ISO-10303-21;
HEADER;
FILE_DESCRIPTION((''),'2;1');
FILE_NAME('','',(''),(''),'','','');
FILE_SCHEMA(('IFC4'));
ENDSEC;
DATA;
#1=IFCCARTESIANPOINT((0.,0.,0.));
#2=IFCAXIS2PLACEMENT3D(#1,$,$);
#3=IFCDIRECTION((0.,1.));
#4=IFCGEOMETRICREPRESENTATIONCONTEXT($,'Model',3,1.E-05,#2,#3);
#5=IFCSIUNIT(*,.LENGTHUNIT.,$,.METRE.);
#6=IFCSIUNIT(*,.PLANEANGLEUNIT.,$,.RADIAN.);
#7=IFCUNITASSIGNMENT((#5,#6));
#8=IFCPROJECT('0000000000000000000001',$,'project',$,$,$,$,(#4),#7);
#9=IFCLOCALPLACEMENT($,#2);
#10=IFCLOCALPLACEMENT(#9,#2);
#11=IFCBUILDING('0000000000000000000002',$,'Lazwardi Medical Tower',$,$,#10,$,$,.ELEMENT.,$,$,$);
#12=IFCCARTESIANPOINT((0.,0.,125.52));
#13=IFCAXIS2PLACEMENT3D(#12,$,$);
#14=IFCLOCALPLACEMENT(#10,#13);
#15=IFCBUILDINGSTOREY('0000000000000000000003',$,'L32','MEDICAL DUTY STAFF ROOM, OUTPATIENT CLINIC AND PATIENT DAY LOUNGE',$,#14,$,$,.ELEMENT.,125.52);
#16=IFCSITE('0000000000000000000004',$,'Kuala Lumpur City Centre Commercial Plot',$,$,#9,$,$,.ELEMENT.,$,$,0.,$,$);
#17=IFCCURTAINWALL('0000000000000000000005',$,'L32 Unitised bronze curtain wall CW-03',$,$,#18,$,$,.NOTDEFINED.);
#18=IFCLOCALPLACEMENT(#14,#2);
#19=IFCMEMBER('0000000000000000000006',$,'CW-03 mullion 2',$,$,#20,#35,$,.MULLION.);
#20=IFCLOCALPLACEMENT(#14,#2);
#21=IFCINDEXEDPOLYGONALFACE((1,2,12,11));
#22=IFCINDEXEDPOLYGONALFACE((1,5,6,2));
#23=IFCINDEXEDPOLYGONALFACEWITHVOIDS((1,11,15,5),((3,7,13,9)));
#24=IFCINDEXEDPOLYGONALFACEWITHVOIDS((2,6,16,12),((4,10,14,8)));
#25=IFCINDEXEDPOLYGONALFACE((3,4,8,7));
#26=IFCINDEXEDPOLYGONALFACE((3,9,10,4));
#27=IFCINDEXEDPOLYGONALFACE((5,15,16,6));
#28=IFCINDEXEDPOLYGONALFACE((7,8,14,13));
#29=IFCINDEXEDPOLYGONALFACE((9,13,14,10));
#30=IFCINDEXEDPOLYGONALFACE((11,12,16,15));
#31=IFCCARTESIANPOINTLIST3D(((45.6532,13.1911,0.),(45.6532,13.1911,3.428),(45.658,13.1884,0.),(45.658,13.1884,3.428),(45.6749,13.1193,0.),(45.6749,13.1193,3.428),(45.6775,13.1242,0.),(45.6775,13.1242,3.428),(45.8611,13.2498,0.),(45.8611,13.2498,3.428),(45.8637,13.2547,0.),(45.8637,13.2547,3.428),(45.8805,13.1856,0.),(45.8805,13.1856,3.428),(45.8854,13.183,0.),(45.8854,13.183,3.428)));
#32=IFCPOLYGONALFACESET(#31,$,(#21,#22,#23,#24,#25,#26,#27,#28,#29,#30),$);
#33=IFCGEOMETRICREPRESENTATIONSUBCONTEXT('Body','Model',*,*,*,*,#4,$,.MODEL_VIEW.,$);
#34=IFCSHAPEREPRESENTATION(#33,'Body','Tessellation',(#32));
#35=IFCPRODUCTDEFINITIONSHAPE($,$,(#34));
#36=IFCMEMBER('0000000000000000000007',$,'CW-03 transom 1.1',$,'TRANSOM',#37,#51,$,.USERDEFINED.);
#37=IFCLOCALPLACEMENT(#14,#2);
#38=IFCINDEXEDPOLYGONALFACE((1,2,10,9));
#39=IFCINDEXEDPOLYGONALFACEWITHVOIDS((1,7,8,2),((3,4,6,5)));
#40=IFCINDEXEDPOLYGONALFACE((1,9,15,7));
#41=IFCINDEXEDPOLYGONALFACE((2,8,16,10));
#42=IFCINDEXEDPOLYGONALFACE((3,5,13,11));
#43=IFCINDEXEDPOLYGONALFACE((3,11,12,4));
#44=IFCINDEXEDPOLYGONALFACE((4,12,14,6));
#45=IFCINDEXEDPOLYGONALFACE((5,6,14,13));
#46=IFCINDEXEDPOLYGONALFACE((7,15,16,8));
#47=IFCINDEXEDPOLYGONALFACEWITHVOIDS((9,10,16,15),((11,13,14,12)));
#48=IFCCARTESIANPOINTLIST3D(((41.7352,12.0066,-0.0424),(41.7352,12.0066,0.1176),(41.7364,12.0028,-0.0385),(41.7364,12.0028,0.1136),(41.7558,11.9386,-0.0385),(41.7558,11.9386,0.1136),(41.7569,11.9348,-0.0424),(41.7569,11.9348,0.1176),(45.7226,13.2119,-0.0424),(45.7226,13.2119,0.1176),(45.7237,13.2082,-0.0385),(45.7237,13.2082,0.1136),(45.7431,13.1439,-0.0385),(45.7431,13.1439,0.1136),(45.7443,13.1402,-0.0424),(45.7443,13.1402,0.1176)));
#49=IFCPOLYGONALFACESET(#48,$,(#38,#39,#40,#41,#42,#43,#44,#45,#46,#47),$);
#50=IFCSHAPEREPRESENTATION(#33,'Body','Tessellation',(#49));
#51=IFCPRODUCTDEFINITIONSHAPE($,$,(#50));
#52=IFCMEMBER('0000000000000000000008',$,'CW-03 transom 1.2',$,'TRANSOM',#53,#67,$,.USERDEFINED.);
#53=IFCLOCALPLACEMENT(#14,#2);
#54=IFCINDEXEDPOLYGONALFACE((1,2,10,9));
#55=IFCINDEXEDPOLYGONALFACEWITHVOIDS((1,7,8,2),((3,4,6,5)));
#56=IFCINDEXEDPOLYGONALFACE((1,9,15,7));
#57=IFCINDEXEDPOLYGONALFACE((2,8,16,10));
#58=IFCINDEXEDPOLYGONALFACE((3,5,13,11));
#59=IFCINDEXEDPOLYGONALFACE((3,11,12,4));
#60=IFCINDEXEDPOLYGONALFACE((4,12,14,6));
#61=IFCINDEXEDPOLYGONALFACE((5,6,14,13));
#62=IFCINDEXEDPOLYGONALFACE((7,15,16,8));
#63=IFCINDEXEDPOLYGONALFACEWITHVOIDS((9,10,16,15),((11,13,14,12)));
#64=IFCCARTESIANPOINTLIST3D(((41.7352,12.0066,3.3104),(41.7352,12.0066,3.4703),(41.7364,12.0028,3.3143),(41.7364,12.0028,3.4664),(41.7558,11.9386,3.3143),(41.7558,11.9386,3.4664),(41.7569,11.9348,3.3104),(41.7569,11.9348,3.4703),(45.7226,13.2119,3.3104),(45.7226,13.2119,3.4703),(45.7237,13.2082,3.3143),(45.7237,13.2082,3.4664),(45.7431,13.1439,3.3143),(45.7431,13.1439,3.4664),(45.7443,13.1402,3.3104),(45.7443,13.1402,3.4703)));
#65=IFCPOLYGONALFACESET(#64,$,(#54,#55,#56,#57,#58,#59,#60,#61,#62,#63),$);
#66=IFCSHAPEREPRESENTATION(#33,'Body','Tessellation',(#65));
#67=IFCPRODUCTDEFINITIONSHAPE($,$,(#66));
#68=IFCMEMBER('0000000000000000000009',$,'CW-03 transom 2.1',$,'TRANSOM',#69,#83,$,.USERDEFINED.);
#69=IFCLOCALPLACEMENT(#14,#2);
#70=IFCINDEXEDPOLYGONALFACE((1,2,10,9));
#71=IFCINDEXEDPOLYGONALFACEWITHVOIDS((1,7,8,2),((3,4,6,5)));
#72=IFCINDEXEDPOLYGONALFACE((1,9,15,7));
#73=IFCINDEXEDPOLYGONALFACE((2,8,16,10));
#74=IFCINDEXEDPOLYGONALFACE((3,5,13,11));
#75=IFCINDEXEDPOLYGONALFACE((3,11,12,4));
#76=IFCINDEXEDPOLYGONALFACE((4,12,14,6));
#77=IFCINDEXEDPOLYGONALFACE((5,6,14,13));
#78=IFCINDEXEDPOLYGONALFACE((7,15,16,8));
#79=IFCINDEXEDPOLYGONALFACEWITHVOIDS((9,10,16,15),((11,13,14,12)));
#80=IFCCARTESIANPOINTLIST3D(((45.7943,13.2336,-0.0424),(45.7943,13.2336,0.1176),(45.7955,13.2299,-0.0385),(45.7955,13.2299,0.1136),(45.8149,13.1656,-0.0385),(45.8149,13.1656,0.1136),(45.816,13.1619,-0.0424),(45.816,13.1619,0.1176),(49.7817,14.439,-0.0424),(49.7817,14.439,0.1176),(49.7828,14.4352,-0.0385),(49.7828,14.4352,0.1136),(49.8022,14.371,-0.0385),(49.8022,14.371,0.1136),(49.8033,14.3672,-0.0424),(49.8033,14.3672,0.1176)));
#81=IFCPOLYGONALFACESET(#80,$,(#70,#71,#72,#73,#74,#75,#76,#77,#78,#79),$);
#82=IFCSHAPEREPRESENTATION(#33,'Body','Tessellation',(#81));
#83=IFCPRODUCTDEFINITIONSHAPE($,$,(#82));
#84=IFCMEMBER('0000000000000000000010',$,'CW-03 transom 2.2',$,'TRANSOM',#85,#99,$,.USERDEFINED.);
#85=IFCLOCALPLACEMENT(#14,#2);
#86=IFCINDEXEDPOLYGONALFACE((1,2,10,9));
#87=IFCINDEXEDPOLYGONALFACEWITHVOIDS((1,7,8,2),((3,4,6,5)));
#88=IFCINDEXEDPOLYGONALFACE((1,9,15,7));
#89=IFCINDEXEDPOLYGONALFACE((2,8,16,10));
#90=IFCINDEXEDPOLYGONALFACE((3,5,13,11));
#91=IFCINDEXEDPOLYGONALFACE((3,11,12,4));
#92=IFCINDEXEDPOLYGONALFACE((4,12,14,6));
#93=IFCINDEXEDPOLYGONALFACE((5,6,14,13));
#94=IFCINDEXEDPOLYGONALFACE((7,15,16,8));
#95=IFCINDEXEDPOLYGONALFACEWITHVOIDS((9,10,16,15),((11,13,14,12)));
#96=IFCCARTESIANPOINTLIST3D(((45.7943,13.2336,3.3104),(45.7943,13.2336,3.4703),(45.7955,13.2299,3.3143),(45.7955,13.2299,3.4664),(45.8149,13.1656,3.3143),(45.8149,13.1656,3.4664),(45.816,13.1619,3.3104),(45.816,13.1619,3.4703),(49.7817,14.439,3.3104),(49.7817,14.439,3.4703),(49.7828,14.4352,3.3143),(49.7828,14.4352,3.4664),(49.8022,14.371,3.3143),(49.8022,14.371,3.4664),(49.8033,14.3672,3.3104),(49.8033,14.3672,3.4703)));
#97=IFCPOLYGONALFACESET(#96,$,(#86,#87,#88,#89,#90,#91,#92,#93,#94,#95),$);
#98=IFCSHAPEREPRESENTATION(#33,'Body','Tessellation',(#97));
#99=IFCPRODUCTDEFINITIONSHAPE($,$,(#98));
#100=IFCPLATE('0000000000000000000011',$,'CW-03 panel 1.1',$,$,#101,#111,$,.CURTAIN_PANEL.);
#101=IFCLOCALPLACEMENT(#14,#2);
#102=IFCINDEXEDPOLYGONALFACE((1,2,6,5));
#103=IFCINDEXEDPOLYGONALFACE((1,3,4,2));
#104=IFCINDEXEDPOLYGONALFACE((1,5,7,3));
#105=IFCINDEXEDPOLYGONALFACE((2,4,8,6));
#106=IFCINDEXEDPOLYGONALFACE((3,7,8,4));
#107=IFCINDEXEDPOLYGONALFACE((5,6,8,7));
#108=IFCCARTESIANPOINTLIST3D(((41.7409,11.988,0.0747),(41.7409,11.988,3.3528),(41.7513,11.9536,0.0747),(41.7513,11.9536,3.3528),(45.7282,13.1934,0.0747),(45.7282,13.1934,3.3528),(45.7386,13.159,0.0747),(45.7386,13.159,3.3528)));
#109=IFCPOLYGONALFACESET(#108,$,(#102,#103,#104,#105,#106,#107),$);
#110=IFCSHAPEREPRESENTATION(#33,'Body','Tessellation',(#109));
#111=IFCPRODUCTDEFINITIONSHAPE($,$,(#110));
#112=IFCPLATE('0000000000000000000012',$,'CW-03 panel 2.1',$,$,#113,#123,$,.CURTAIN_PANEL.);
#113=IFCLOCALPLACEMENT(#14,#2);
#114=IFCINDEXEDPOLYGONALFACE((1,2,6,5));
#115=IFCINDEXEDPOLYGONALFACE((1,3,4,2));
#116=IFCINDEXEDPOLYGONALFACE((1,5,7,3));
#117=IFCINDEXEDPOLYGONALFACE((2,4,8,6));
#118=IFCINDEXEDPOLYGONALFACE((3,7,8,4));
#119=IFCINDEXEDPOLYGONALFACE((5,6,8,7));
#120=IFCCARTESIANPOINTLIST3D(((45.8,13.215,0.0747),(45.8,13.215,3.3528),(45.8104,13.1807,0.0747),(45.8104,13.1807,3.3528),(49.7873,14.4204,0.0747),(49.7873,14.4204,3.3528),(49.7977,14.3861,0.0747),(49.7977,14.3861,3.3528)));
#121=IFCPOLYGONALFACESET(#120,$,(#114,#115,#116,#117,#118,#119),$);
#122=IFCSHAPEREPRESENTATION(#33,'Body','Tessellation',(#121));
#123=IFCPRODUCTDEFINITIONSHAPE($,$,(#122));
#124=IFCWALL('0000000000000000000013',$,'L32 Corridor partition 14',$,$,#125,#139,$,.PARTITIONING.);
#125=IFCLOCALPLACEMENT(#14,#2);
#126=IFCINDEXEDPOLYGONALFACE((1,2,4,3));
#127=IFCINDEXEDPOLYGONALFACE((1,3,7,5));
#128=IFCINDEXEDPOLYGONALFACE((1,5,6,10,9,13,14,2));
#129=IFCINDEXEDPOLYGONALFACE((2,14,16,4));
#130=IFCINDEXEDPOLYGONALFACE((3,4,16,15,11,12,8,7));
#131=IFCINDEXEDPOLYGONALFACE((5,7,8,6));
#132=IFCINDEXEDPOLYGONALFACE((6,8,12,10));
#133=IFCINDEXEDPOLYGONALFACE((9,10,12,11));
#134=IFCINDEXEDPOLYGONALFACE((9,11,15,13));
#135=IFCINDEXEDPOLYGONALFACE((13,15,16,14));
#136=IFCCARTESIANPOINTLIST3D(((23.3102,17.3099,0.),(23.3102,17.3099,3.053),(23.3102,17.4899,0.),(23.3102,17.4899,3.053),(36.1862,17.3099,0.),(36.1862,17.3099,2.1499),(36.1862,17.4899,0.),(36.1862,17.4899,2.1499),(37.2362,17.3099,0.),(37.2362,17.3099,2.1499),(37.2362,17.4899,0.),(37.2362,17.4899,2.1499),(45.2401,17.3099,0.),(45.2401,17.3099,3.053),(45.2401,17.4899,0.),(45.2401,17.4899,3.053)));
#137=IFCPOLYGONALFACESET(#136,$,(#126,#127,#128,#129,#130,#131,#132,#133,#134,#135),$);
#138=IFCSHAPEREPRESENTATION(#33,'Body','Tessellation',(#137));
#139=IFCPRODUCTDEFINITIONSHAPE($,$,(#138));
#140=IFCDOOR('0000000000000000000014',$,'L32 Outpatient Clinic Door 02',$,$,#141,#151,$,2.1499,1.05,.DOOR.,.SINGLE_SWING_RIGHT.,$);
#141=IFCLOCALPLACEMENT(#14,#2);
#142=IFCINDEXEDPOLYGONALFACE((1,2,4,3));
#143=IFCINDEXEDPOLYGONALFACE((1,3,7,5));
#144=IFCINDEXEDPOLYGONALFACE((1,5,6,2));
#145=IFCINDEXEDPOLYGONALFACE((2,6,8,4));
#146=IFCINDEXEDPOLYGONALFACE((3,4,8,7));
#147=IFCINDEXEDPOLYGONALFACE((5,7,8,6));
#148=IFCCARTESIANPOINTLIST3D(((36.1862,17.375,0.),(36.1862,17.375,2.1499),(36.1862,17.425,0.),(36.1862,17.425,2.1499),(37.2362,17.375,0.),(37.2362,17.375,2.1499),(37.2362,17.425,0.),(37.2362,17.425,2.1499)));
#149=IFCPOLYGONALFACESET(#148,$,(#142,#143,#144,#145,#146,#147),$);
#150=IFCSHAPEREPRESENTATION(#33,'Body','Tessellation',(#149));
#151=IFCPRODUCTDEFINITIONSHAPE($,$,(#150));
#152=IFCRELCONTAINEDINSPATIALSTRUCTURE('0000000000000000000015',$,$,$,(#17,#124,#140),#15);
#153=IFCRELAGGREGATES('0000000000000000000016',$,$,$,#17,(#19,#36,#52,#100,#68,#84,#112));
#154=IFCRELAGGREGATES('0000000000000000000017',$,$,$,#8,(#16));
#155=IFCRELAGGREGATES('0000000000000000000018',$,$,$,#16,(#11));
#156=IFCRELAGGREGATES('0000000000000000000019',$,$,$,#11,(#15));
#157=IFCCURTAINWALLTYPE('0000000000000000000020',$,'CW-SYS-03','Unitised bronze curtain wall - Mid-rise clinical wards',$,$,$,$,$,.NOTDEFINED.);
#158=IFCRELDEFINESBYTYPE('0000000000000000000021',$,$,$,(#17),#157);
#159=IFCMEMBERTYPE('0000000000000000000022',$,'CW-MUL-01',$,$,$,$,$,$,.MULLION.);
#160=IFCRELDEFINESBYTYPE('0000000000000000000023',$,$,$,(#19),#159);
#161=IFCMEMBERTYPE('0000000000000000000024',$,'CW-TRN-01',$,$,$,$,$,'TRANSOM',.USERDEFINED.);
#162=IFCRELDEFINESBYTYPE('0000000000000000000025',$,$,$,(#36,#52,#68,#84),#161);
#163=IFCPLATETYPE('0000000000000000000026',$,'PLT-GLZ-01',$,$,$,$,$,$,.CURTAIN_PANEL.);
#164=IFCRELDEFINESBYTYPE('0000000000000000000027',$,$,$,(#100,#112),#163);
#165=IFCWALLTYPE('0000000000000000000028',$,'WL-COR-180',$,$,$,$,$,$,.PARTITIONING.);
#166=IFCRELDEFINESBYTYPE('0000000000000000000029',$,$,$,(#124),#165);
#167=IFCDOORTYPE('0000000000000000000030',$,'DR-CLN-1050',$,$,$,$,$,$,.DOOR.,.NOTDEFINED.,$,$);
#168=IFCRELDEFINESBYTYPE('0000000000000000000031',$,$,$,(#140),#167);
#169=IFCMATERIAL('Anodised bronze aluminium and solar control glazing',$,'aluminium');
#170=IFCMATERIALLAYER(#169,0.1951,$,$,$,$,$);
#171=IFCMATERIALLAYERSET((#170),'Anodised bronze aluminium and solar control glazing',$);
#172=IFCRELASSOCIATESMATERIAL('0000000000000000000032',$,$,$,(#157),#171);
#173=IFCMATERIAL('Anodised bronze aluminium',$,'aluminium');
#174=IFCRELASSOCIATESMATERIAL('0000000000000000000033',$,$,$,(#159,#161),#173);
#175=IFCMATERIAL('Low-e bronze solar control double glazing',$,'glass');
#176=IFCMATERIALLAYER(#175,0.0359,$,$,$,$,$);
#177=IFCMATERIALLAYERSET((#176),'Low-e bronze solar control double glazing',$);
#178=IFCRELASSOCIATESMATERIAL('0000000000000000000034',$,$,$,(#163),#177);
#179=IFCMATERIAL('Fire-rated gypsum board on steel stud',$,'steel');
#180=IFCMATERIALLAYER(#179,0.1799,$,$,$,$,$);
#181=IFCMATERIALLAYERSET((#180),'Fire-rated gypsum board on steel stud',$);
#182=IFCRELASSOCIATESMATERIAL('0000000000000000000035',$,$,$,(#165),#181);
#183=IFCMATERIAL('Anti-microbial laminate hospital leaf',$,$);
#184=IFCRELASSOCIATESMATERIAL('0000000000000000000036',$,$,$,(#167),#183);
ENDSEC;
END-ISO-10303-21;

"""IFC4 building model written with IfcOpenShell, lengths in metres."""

from ifc_helpers import new_model, si_unit, direction, frame, frame_2d, origin, origin_2d, place, context, subcontext, project, spatial, rectangle, hollow_rectangle, extrude, material, layer, layer_set, material_profile, profile_set, type_object, element, fill, aggregate, save


model = new_model("IFC4")

# Units and contexts
model_context = context("Model", 3, precision=1e-05, world=origin(), true_north=direction((0.0, 1.0)))
body_context = subcontext(model_context, "Body", "Model", "MODEL_VIEW")
ifc_project = project(units=[si_unit("LENGTHUNIT", "METRE"), si_unit("PLANEANGLEUNIT", "RADIAN")], contexts=[model_context])

# Site, building, storey
site_placement = place(None, origin())
site = spatial("IfcSite", under=ifc_project, at=site_placement, Name="Kuala Lumpur City Centre Commercial Plot", CompositionType="ELEMENT", RefElevation=0.0)
building_placement = place(site_placement, origin())
building = spatial("IfcBuilding", under=site, at=building_placement, Name="Lazwardi Medical Tower", CompositionType="ELEMENT")
storey_placement = place(building_placement, frame((0.0, 0.0, 125.52)))
storey = spatial("IfcBuildingStorey", under=building, at=storey_placement, Name="L32", Description="MEDICAL DUTY STAFF ROOM, OUTPATIENT CLINIC AND PATIENT DAY LOUNGE", CompositionType="ELEMENT", Elevation=125.52)

# Curtain wall, members, plates
ifc_material_1 = material(Name="Anodised bronze aluminium and solar control glazing", Category="aluminium")
ifc_layer_1 = layer(ifc_material_1, 0.1951)
ifc_layer_set_1 = layer_set([ifc_layer_1], Name="Anodised bronze aluminium and solar control glazing")
curtain_wall_type = type_object("IfcCurtainWallType", Name="CW-SYS-03", Description="Unitised bronze curtain wall - Mid-rise clinical wards", PredefinedType="NOTDEFINED", material=ifc_layer_set_1)
curtain_wall_placement = place(storey_placement, origin())
curtain_wall = element("IfcCurtainWall", 1, at=curtain_wall_placement, inside=storey, type_object=curtain_wall_type, Name="L32 Unitised bronze curtain wall CW-03", PredefinedType="NOTDEFINED")
ifc_material_2 = material(Name="Anodised bronze aluminium", Category="aluminium")
ifc_material_profile_1 = material_profile(ifc_material_2, hollow_rectangle(XDim=0.075, YDim=0.22, WallThickness=0.0039, at=origin_2d()), Name="ALU-MULLION 220x75x4")
ifc_profile_set_1 = profile_set([ifc_material_profile_1], Name="Anodised bronze aluminium")
member_type_1 = type_object("IfcMemberType", Name="CW-MUL-01", PredefinedType="MULLION", material=ifc_profile_set_1)
member_1_placement = place(storey_placement, frame((45.7693, 13.187, 0.0), z_axis=(0.0, 0.0, 1.0), x_axis=(-0.289374, 0.957216, 0.0)))
member_1 = element("IfcMember", 2, at=member_1_placement, type_object=member_type_1, Name="CW-03 mullion 2", PredefinedType="MULLION", context=body_context, shape_type="SweptSolid", body=[
    extrude(hollow_rectangle(XDim=0.075, YDim=0.22, WallThickness=0.0039, at=origin_2d()), origin(), (0.0, 0.0, 1.0), 3.428),
])
ifc_material_profile_2 = material_profile(ifc_material_2, hollow_rectangle(XDim=0.075, YDim=0.1599, WallThickness=0.0039, at=origin_2d()), Name="ALU-TRANSOM 160x75x4")
ifc_profile_set_2 = profile_set([ifc_material_profile_2], Name="Anodised bronze aluminium")
member_type_2 = type_object("IfcMemberType", Name="CW-TRN-01", ElementType="TRANSOM", PredefinedType="USERDEFINED", material=ifc_profile_set_2)
member_2_placement = place(storey_placement, frame((41.7461, 11.9707, 0.0376), z_axis=(0.957221, 0.289358, 0.0), x_axis=(-0.289358, 0.957221, 0.0)))
member_2 = element("IfcMember", 3, at=member_2_placement, type_object=member_type_2, Name="CW-03 transom 1.1", ObjectType="TRANSOM", PredefinedType="USERDEFINED", context=body_context, shape_type="SweptSolid", body=[
    extrude(hollow_rectangle(XDim=0.075, YDim=0.1599, WallThickness=0.0039, at=origin_2d()), origin(), (0.0, 0.0, 1.0), 4.1655),
])
member_3_placement = place(storey_placement, frame((41.7461, 11.9707, 3.3904), z_axis=(0.957221, 0.289358, 0.0), x_axis=(-0.289358, 0.957221, 0.0)))
member_3 = element("IfcMember", 4, at=member_3_placement, type_object=member_type_2, Name="CW-03 transom 1.2", ObjectType="TRANSOM", PredefinedType="USERDEFINED", context=body_context, shape_type="SweptSolid", body=[
    extrude(hollow_rectangle(XDim=0.075, YDim=0.1599, WallThickness=0.0039, at=origin_2d()), origin(), (0.0, 0.0, 1.0), 4.1655),
])
member_4_placement = place(storey_placement, frame((45.8052, 13.1978, 0.0376), z_axis=(0.957221, 0.289358, 0.0), x_axis=(-0.289358, 0.957221, 0.0)))
member_4 = element("IfcMember", 5, at=member_4_placement, type_object=member_type_2, Name="CW-03 transom 2.1", ObjectType="TRANSOM", PredefinedType="USERDEFINED", context=body_context, shape_type="SweptSolid", body=[
    extrude(hollow_rectangle(XDim=0.075, YDim=0.1599, WallThickness=0.0039, at=origin_2d()), origin(), (0.0, 0.0, 1.0), 4.1655),
])
member_5_placement = place(storey_placement, frame((45.8052, 13.1978, 3.3904), z_axis=(0.957221, 0.289358, 0.0), x_axis=(-0.289358, 0.957221, 0.0)))
member_5 = element("IfcMember", 6, at=member_5_placement, type_object=member_type_2, Name="CW-03 transom 2.2", ObjectType="TRANSOM", PredefinedType="USERDEFINED", context=body_context, shape_type="SweptSolid", body=[
    extrude(hollow_rectangle(XDim=0.075, YDim=0.1599, WallThickness=0.0039, at=origin_2d()), origin(), (0.0, 0.0, 1.0), 4.1655),
])
ifc_material_3 = material(Name="Low-e bronze solar control double glazing", Category="glass")
ifc_layer_2 = layer(ifc_material_3, 0.0359)
ifc_layer_set_2 = layer_set([ifc_layer_2], Name="Low-e bronze solar control double glazing")
plate_type = type_object("IfcPlateType", Name="PLT-GLZ-01", PredefinedType="CURTAIN_PANEL", material=ifc_layer_set_2)
plate_1_placement = place(storey_placement, frame((43.7397, 12.5735, 0.0747), z_axis=(0.0, 0.0, 1.0), x_axis=(0.957216, 0.289374, 0.0)))
plate_1 = element("IfcPlate", 7, at=plate_1_placement, type_object=plate_type, Name="CW-03 panel 1.1", PredefinedType="CURTAIN_PANEL", context=body_context, shape_type="SweptSolid", body=[
    extrude(rectangle(XDim=4.1655, YDim=0.0359, at=origin_2d()), origin(), (0.0, 0.0, 1.0), 3.2781),
])
plate_2_placement = place(storey_placement, frame((47.7988, 13.8005, 0.0747), z_axis=(0.0, 0.0, 1.0), x_axis=(0.957216, 0.289374, 0.0)))
plate_2 = element("IfcPlate", 8, at=plate_2_placement, type_object=plate_type, Name="CW-03 panel 2.1", PredefinedType="CURTAIN_PANEL", context=body_context, shape_type="SweptSolid", body=[
    extrude(rectangle(XDim=4.1655, YDim=0.0359, at=origin_2d()), origin(), (0.0, 0.0, 1.0), 3.2781),
])
aggregate(curtain_wall, [member_1, member_2, member_3, plate_1, member_4, member_5, plate_2])

# Wall, opening, door
ifc_material_4 = material(Name="Fire-rated gypsum board on steel stud", Category="steel")
ifc_layer_3 = layer(ifc_material_4, 0.1799)
ifc_layer_set_3 = layer_set([ifc_layer_3], Name="Fire-rated gypsum board on steel stud")
wall_type_1 = type_object("IfcWallType", Name="WL-COR-180", PredefinedType="PARTITIONING", material=ifc_layer_set_3)
wall_1_placement = place(storey_placement, frame((45.24, 17.3999, 0.0), z_axis=(0.0, 0.0, 1.0), x_axis=(-1.0, 0.0, 0.0)))
wall_1 = element("IfcWall", 9, at=wall_1_placement, inside=storey, type_object=wall_type_1, Name="L32 Corridor partition 14", PredefinedType="PARTITIONING", context=body_context, shape_type="SweptSolid", body=[
    extrude(rectangle(XDim=21.9299, YDim=0.1799, at=frame_2d((10.9648, 0.0))), origin(), (0.0, 0.0, 1.0), 3.053),
])
opening_1_placement = place(wall_1_placement, frame((8.0039, 0.0, 0.0)))
opening_1 = element("IfcOpeningElement", 10, at=opening_1_placement, cuts=wall_1, PredefinedType="OPENING", context=body_context, shape_type="SweptSolid", body=[
    extrude(rectangle(XDim=1.05, YDim=2.1499, at=frame_2d((0.5249, 1.075))), frame((0.0, 0.0999, 0.0), z_axis=(0.0, -1.0, 0.0), x_axis=(1.0, 0.0, 0.0)), (0.0, 0.0, 1.0), 0.2),
])
ifc_material_5 = material(Name="Anti-microbial laminate hospital leaf")
door_type = type_object("IfcDoorType", Name="DR-CLN-1050", OperationType="NOTDEFINED", PredefinedType="DOOR", material=ifc_material_5)
door_placement = place(opening_1_placement, origin())
door = element("IfcDoor", 11, at=door_placement, inside=storey, type_object=door_type, Name="L32 Outpatient Clinic Door 02", OperationType="SINGLE_SWING_RIGHT", OverallHeight=2.1499, OverallWidth=1.05, PredefinedType="DOOR", context=body_context, shape_type="SweptSolid", body=[
    extrude(rectangle(XDim=1.05, YDim=2.1499, at=frame_2d((0.5249, 1.075))), frame((0.0, 0.0249, 0.0), z_axis=(0.0, -1.0, 0.0), x_axis=(1.0, 0.0, 0.0)), (0.0, 0.0, 1.0), 0.05),
])
fill(opening_1, door)

save(model, "model.ifc")
